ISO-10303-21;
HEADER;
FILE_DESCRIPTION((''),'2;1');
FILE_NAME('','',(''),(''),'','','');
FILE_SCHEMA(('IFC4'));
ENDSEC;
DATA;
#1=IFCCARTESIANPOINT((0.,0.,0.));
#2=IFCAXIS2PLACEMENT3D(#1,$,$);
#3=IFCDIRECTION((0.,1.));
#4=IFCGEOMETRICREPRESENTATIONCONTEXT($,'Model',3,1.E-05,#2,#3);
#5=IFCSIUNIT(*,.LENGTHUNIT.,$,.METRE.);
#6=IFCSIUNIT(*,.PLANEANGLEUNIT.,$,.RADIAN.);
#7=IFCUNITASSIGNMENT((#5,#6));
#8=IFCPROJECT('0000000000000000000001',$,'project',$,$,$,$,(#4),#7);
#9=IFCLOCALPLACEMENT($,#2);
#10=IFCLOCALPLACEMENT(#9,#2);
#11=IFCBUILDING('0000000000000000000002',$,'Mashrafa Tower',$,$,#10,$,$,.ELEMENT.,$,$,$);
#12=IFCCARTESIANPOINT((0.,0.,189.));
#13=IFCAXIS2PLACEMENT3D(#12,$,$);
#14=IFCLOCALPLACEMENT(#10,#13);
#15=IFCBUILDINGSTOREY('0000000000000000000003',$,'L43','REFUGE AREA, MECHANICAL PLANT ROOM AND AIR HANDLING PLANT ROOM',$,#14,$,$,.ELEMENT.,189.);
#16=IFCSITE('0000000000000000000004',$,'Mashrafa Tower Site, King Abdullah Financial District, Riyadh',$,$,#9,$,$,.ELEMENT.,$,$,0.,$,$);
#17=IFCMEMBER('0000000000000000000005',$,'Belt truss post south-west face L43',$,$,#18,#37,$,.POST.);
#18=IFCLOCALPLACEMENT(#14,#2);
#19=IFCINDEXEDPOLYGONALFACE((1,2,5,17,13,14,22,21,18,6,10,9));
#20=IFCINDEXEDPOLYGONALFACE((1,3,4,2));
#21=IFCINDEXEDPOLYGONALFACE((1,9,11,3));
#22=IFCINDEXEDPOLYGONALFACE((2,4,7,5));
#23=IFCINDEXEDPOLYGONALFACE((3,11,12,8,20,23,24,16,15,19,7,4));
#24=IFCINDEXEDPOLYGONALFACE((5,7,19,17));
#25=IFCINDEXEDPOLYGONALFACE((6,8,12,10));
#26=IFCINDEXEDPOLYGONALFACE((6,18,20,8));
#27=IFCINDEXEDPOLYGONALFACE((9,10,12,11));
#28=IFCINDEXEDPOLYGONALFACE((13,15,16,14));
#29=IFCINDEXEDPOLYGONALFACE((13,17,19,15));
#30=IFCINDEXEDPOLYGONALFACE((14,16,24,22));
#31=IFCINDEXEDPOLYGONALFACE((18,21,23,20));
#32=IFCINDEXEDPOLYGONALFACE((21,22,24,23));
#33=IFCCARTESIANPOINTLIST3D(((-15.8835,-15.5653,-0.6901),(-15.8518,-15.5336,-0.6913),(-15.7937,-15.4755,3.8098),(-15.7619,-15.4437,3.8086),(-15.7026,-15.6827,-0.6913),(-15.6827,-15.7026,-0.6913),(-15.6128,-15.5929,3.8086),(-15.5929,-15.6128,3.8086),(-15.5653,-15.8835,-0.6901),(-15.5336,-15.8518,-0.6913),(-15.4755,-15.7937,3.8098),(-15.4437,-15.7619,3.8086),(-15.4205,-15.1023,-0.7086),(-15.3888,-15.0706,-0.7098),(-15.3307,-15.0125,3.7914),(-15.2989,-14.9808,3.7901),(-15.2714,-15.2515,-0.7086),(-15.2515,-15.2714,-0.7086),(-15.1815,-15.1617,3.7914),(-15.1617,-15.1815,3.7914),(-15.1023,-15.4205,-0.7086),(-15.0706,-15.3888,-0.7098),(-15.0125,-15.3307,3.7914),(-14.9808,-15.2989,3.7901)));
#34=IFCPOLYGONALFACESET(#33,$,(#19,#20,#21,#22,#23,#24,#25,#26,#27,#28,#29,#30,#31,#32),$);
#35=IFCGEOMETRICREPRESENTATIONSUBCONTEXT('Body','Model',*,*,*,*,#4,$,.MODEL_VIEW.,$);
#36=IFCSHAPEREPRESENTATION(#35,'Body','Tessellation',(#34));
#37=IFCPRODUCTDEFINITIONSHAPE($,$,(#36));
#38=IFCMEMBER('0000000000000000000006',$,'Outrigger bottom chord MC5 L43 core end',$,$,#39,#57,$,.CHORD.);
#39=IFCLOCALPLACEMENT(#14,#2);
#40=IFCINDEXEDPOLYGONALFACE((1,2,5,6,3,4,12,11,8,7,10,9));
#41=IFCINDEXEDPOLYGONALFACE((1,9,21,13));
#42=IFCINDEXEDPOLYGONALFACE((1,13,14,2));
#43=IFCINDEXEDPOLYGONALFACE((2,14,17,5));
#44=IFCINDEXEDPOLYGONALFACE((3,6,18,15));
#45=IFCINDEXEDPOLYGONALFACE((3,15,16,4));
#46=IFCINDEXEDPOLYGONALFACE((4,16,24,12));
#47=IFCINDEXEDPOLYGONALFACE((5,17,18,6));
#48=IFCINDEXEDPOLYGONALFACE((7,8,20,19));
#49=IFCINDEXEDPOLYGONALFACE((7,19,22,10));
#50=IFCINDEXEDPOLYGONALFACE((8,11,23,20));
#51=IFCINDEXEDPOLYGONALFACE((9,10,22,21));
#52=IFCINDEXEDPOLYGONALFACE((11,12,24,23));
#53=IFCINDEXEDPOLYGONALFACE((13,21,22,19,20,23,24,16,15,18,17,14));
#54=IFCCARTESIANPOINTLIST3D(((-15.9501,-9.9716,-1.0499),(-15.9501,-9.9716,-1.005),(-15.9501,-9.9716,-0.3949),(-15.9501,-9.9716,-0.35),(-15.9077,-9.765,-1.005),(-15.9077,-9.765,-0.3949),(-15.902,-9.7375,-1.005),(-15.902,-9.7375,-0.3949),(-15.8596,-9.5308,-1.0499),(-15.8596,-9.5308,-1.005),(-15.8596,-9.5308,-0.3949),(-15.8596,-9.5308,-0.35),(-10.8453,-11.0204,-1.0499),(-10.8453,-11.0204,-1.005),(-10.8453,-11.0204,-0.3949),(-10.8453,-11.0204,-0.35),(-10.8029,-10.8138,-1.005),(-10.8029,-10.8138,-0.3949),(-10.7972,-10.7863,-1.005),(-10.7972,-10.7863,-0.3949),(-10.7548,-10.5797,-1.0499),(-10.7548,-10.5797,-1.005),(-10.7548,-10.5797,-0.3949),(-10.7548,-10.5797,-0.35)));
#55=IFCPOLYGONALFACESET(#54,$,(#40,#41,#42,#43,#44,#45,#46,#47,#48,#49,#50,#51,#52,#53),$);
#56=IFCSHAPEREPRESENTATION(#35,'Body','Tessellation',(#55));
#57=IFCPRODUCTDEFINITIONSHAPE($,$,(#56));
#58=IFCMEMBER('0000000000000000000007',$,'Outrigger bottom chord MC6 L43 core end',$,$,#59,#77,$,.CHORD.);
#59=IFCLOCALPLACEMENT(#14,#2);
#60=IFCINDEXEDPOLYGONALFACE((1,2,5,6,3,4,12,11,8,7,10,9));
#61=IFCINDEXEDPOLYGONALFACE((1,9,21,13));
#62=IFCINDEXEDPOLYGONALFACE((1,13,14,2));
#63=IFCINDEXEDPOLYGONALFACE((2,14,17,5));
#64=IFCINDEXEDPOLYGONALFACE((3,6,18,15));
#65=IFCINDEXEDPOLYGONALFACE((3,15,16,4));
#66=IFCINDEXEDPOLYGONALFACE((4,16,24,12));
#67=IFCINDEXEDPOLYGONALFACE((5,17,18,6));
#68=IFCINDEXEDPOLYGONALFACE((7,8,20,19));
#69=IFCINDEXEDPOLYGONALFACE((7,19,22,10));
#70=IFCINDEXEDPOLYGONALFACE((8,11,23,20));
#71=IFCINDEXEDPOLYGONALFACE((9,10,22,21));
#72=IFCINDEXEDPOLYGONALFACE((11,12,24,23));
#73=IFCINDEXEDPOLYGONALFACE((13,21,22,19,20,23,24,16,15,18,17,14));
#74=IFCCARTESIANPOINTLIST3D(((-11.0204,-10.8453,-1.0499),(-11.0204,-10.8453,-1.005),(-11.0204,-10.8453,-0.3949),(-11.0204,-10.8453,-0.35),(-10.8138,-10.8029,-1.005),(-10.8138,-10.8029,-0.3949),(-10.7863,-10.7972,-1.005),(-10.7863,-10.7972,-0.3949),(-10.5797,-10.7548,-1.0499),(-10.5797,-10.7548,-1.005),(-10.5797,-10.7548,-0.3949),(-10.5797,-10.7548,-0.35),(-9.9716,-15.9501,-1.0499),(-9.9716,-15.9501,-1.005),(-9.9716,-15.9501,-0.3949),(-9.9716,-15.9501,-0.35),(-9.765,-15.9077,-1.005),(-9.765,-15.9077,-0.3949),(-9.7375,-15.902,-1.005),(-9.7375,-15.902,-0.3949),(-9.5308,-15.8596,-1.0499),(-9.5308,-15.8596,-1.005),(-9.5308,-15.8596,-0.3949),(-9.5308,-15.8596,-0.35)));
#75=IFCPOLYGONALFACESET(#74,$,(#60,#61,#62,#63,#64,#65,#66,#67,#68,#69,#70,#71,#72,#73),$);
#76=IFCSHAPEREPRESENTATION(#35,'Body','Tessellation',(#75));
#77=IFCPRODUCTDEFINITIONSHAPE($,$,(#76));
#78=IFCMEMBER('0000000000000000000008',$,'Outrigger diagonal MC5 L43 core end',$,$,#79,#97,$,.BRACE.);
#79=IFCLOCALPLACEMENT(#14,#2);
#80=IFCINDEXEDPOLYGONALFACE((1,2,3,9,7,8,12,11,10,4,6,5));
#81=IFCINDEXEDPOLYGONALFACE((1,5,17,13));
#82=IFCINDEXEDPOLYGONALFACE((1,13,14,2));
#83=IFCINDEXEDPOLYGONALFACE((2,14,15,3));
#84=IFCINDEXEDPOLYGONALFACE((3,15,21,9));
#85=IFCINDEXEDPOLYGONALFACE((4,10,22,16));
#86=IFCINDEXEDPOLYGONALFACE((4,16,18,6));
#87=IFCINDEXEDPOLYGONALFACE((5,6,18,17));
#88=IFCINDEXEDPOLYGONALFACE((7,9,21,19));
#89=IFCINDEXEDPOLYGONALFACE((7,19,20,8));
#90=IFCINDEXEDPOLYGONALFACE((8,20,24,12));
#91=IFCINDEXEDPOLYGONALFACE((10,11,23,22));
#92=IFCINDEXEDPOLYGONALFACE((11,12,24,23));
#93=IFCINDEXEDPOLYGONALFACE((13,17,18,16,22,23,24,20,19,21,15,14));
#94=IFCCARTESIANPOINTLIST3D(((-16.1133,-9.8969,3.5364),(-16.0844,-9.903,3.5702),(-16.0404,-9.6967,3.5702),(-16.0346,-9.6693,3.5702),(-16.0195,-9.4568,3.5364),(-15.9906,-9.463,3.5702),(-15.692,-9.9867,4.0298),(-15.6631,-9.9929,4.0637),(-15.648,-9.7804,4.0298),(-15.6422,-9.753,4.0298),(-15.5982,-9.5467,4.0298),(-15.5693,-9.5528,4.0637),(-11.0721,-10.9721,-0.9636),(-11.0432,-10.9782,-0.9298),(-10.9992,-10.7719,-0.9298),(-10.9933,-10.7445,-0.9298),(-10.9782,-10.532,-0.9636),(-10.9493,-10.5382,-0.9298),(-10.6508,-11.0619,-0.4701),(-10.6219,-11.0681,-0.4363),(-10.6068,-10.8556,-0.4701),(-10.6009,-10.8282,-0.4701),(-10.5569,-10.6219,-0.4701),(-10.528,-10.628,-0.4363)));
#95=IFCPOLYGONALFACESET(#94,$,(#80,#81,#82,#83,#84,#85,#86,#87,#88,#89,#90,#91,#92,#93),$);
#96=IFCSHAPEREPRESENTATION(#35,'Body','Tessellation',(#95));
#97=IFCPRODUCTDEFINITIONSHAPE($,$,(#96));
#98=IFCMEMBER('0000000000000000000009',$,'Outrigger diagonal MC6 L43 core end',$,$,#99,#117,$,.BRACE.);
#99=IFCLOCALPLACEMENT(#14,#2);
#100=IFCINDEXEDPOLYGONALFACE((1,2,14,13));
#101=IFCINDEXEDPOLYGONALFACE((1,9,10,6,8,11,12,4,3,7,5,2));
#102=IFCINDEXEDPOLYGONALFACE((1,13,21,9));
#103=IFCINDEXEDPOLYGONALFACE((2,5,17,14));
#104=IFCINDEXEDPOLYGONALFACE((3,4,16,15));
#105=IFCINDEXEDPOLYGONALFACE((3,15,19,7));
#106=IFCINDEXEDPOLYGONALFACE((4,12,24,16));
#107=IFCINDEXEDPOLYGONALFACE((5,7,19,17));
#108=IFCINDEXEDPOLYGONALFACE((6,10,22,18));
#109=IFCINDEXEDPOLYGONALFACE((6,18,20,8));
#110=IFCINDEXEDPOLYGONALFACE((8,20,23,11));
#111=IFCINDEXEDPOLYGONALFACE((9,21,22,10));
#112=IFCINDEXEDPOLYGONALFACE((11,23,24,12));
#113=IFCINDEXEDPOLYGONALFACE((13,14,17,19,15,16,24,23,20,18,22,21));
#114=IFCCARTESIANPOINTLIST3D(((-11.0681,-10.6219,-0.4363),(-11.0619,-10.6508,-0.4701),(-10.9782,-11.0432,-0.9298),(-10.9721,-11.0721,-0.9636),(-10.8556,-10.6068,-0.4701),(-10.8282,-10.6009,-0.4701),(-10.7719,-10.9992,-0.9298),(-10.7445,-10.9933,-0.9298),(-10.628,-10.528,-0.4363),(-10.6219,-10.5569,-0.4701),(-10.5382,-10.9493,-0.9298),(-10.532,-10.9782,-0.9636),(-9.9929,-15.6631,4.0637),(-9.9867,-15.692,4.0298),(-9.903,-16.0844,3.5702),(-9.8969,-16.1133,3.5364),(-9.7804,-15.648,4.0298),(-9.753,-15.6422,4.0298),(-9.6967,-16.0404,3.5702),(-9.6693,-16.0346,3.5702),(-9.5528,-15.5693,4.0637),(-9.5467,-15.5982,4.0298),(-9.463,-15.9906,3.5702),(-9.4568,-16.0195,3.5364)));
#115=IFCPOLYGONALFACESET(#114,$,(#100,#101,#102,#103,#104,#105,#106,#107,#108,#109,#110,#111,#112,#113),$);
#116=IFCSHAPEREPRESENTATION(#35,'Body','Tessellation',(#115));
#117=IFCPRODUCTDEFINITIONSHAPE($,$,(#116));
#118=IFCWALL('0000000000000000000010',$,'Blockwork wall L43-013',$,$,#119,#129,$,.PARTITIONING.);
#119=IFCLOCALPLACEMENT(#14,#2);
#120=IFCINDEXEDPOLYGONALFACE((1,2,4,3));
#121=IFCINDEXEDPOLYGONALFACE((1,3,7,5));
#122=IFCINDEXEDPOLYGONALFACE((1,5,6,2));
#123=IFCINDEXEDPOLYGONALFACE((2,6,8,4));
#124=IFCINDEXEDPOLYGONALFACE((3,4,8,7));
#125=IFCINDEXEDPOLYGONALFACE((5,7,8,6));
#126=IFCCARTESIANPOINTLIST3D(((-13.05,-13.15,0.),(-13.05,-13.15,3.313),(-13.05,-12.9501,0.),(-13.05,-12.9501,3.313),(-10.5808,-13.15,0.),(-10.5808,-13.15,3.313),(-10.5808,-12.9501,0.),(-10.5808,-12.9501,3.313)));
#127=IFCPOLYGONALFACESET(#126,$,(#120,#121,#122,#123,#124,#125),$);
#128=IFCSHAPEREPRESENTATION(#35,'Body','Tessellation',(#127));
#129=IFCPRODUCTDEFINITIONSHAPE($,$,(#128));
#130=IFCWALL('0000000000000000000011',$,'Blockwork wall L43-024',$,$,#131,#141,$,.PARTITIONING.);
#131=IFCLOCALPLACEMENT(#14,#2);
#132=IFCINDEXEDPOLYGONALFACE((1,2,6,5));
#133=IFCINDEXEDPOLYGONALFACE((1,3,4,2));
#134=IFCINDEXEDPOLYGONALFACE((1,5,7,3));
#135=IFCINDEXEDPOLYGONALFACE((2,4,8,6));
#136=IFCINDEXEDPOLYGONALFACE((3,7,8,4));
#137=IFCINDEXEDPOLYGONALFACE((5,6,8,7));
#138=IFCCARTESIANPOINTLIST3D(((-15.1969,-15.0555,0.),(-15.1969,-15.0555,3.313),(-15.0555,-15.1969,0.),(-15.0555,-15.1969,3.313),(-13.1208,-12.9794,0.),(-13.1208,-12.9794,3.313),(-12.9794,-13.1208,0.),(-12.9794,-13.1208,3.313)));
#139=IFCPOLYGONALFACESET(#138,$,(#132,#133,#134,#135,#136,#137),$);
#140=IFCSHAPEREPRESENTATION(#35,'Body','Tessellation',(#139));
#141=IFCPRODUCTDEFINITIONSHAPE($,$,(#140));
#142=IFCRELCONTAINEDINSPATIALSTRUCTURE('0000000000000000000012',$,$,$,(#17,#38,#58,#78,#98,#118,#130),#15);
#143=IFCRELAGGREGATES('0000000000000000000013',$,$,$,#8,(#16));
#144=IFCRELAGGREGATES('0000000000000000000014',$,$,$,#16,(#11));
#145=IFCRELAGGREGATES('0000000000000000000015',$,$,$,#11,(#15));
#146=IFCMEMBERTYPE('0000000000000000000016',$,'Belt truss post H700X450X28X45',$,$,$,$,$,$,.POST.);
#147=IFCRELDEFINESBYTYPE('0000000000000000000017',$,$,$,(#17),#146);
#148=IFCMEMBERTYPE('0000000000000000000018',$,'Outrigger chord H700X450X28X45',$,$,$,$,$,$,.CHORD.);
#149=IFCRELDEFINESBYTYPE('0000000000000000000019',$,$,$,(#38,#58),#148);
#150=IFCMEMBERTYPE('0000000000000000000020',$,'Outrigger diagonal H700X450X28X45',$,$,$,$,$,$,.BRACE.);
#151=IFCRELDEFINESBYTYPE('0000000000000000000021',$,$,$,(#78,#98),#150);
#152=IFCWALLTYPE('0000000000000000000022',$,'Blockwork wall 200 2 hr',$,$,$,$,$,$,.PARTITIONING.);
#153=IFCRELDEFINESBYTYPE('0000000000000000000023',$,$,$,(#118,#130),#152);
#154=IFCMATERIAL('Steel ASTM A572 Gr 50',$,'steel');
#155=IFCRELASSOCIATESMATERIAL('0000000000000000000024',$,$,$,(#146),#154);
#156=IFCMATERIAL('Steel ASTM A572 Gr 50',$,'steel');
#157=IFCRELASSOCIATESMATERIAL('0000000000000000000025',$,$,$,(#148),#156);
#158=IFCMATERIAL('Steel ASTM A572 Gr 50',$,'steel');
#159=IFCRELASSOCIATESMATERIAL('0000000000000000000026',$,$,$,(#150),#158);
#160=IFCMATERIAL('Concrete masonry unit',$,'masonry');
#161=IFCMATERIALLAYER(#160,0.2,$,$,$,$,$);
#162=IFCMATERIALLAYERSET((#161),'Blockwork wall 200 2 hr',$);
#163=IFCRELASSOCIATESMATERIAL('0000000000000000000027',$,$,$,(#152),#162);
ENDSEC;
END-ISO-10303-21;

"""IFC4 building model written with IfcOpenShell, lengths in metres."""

from ifc_helpers import new_model, si_unit, direction, frame, frame_2d, origin, origin_2d, place, context, subcontext, project, spatial, rectangle, i_section, extrude, source, transform, mapped, material, layer, layer_set, material_profile, profile_set, type_object, type_shapes, element, save


model = new_model("IFC4")

# Units and contexts
model_context = context("Model", 3, precision=1e-05, world=origin(), true_north=direction((0.0, 1.0)))
body_context = subcontext(model_context, "Body", "Model", "MODEL_VIEW")
ifc_project = project(units=[si_unit("LENGTHUNIT", "METRE"), si_unit("PLANEANGLEUNIT", "RADIAN")], contexts=[model_context])

# Site, building, storey
site_placement = place(None, origin())
site = spatial("IfcSite", under=ifc_project, at=site_placement, Name="Mashrafa Tower Site, King Abdullah Financial District, Riyadh", CompositionType="ELEMENT", RefElevation=0.0)
building_placement = place(site_placement, origin())
building = spatial("IfcBuilding", under=site, at=building_placement, Name="Mashrafa Tower", CompositionType="ELEMENT")
storey_placement = place(building_placement, frame((0.0, 0.0, 189.0)))
storey = spatial("IfcBuildingStorey", under=building, at=storey_placement, Name="L43", Description="REFUGE AREA, MECHANICAL PLANT ROOM AND AIR HANDLING PLANT ROOM", CompositionType="ELEMENT", Elevation=189.0)

# Members
ifc_material_1 = material(Name="Steel ASTM A572 Gr 50", Category="steel")
ifc_material_profile_1 = material_profile(ifc_material_1, i_section(OverallWidth=0.45, OverallDepth=0.7, WebThickness=0.0281, FlangeThickness=0.0449, at=origin_2d()), Name="H700X450X28X45")
ifc_profile_set_1 = profile_set([ifc_material_profile_1], Name="Steel ASTM A572 Gr 50")
member_type_1 = type_object("IfcMemberType", Name="Belt truss post H700X450X28X45", PredefinedType="POST", material=ifc_profile_set_1)
shared_shape_1 = source(origin(), body_context, "Body", "SweptSolid", [
    extrude(i_section(OverallWidth=0.45, OverallDepth=0.7, WebThickness=0.0281, FlangeThickness=0.0449, at=origin_2d()), origin(), (0.0, 0.0, 1.0), 4.5017),
])
type_shapes(member_type_1, [shared_shape_1])
member_placement = place(storey_placement, frame((-15.4771, -15.4771, -0.7), z_axis=(0.019957, 0.019957, 0.999602), x_axis=(-0.707107, 0.707107, 0.0)))
element("IfcMember", 1, at=member_placement, inside=storey, type_object=member_type_1, Name="Belt truss post south-west face L43", PredefinedType="POST", context=body_context, shape_type="MappedRepresentation", body=[
    mapped(shared_shape_1, transform((0.0, 0.0, 0.0))),
])
ifc_material_2 = material(Name="Steel ASTM A572 Gr 50", Category="steel")
ifc_material_profile_2 = material_profile(ifc_material_2, i_section(OverallWidth=0.45, OverallDepth=0.7, WebThickness=0.0281, FlangeThickness=0.0449, at=origin_2d()), Name="H700X450X28X45")
ifc_profile_set_2 = profile_set([ifc_material_profile_2], Name="Steel ASTM A572 Gr 50")
member_type_2 = type_object("IfcMemberType", Name="Outrigger chord H700X450X28X45", PredefinedType="CHORD", material=ifc_profile_set_2)
shared_shape_2 = source(origin(), body_context, "Body", "SweptSolid", [
    extrude(i_section(OverallWidth=0.45, OverallDepth=0.7, WebThickness=0.0281, FlangeThickness=0.0449, at=origin_2d()), origin(), (0.0, 0.0, 1.0), 5.2114),
])
type_shapes(member_type_2, [shared_shape_2])
for number, where, z_axis, x_axis, name in (
    (2, (-10.8, -10.8, -0.7), (-0.979538, 0.201258, 0.0), (-0.201258, -0.979538, 0.0), "Outrigger bottom chord MC5 L43 core end"),
    (3, (-10.8, -10.8, -0.7), (0.201258, -0.979538, 0.0), (0.979538, 0.201258, 0.0), "Outrigger bottom chord MC6 L43 core end"),
):
    element("IfcMember", number, at=place(storey_placement, frame(where, z_axis=z_axis, x_axis=x_axis)), inside=storey, type_object=member_type_2, Name=name, PredefinedType="CHORD", context=body_context, shape_type="MappedRepresentation", body=[
        mapped(shared_shape_2, transform((0.0, 0.0, 0.0))),
    ])
ifc_material_3 = material(Name="Steel ASTM A572 Gr 50", Category="steel")
ifc_material_profile_3 = material_profile(ifc_material_3, i_section(OverallWidth=0.45, OverallDepth=0.7, WebThickness=0.0281, FlangeThickness=0.0449, at=origin_2d()), Name="H700X450X28X45")
ifc_profile_set_3 = profile_set([ifc_material_profile_3], Name="Steel ASTM A572 Gr 50")
member_type_3 = type_object("IfcMemberType", Name="Outrigger diagonal H700X450X28X45", PredefinedType="BRACE", material=ifc_profile_set_3)
shared_shape_3 = source(origin(), body_context, "Body", "SweptSolid", [
    extrude(i_section(OverallWidth=0.45, OverallDepth=0.7, WebThickness=0.0281, FlangeThickness=0.0449, at=origin_2d()), origin(), (0.0, 0.0, 1.0), 6.8425),
])
type_shapes(member_type_3, [shared_shape_3])
for number, where, z_axis, x_axis, name in (
    (4, (-10.8, -10.8, -0.7), (-0.736753, 0.157134, 0.657651), (-0.208588, -0.978004, 0.0), "Outrigger diagonal MC5 L43 core end"),
    (5, (-10.8, -10.8, -0.7), (0.157134, -0.736753, 0.657651), (0.978004, 0.208588, 0.0), "Outrigger diagonal MC6 L43 core end"),
):
    element("IfcMember", number, at=place(storey_placement, frame(where, z_axis=z_axis, x_axis=x_axis)), inside=storey, type_object=member_type_3, Name=name, PredefinedType="BRACE", context=body_context, shape_type="MappedRepresentation", body=[
        mapped(shared_shape_3, transform((0.0, 0.0, 0.0))),
    ])

# Walls
ifc_material_4 = material(Name="Concrete masonry unit", Category="masonry")
ifc_layer_1 = layer(ifc_material_4, 0.2)
ifc_layer_set_1 = layer_set([ifc_layer_1], Name="Blockwork wall 200 2 hr")
wall_type_1 = type_object("IfcWallType", Name="Blockwork wall 200 2 hr", PredefinedType="PARTITIONING", material=ifc_layer_set_1)
wall_1_placement = place(storey_placement, frame((-13.05, -13.05, 0.0), z_axis=(0.0, 0.0, 1.0), x_axis=(1.0, 0.0, 0.0)))
element("IfcWall", 6, at=wall_1_placement, inside=storey, type_object=wall_type_1, Name="Blockwork wall L43-013", PredefinedType="PARTITIONING", context=body_context, shape_type="SweptSolid", body=[
    extrude(rectangle(XDim=2.4692, YDim=0.2, at=frame_2d((1.2346, 0.0))), origin(), (0.0, 0.0, 1.0), 3.313),
])
wall_2_placement = place(storey_placement, frame((-15.1262, -15.1262, 0.0), z_axis=(0.0, 0.0, 1.0), x_axis=(0.707107, 0.707107, 0.0)))
element("IfcWall", 7, at=wall_2_placement, inside=storey, type_object=wall_type_1, Name="Blockwork wall L43-024", PredefinedType="PARTITIONING", context=body_context, shape_type="SweptSolid", body=[
    extrude(rectangle(XDim=2.936, YDim=0.2, at=frame_2d((1.468, 0.0))), origin(), (0.0, 0.0, 1.0), 3.313),
])

save(model, "model.ifc")
